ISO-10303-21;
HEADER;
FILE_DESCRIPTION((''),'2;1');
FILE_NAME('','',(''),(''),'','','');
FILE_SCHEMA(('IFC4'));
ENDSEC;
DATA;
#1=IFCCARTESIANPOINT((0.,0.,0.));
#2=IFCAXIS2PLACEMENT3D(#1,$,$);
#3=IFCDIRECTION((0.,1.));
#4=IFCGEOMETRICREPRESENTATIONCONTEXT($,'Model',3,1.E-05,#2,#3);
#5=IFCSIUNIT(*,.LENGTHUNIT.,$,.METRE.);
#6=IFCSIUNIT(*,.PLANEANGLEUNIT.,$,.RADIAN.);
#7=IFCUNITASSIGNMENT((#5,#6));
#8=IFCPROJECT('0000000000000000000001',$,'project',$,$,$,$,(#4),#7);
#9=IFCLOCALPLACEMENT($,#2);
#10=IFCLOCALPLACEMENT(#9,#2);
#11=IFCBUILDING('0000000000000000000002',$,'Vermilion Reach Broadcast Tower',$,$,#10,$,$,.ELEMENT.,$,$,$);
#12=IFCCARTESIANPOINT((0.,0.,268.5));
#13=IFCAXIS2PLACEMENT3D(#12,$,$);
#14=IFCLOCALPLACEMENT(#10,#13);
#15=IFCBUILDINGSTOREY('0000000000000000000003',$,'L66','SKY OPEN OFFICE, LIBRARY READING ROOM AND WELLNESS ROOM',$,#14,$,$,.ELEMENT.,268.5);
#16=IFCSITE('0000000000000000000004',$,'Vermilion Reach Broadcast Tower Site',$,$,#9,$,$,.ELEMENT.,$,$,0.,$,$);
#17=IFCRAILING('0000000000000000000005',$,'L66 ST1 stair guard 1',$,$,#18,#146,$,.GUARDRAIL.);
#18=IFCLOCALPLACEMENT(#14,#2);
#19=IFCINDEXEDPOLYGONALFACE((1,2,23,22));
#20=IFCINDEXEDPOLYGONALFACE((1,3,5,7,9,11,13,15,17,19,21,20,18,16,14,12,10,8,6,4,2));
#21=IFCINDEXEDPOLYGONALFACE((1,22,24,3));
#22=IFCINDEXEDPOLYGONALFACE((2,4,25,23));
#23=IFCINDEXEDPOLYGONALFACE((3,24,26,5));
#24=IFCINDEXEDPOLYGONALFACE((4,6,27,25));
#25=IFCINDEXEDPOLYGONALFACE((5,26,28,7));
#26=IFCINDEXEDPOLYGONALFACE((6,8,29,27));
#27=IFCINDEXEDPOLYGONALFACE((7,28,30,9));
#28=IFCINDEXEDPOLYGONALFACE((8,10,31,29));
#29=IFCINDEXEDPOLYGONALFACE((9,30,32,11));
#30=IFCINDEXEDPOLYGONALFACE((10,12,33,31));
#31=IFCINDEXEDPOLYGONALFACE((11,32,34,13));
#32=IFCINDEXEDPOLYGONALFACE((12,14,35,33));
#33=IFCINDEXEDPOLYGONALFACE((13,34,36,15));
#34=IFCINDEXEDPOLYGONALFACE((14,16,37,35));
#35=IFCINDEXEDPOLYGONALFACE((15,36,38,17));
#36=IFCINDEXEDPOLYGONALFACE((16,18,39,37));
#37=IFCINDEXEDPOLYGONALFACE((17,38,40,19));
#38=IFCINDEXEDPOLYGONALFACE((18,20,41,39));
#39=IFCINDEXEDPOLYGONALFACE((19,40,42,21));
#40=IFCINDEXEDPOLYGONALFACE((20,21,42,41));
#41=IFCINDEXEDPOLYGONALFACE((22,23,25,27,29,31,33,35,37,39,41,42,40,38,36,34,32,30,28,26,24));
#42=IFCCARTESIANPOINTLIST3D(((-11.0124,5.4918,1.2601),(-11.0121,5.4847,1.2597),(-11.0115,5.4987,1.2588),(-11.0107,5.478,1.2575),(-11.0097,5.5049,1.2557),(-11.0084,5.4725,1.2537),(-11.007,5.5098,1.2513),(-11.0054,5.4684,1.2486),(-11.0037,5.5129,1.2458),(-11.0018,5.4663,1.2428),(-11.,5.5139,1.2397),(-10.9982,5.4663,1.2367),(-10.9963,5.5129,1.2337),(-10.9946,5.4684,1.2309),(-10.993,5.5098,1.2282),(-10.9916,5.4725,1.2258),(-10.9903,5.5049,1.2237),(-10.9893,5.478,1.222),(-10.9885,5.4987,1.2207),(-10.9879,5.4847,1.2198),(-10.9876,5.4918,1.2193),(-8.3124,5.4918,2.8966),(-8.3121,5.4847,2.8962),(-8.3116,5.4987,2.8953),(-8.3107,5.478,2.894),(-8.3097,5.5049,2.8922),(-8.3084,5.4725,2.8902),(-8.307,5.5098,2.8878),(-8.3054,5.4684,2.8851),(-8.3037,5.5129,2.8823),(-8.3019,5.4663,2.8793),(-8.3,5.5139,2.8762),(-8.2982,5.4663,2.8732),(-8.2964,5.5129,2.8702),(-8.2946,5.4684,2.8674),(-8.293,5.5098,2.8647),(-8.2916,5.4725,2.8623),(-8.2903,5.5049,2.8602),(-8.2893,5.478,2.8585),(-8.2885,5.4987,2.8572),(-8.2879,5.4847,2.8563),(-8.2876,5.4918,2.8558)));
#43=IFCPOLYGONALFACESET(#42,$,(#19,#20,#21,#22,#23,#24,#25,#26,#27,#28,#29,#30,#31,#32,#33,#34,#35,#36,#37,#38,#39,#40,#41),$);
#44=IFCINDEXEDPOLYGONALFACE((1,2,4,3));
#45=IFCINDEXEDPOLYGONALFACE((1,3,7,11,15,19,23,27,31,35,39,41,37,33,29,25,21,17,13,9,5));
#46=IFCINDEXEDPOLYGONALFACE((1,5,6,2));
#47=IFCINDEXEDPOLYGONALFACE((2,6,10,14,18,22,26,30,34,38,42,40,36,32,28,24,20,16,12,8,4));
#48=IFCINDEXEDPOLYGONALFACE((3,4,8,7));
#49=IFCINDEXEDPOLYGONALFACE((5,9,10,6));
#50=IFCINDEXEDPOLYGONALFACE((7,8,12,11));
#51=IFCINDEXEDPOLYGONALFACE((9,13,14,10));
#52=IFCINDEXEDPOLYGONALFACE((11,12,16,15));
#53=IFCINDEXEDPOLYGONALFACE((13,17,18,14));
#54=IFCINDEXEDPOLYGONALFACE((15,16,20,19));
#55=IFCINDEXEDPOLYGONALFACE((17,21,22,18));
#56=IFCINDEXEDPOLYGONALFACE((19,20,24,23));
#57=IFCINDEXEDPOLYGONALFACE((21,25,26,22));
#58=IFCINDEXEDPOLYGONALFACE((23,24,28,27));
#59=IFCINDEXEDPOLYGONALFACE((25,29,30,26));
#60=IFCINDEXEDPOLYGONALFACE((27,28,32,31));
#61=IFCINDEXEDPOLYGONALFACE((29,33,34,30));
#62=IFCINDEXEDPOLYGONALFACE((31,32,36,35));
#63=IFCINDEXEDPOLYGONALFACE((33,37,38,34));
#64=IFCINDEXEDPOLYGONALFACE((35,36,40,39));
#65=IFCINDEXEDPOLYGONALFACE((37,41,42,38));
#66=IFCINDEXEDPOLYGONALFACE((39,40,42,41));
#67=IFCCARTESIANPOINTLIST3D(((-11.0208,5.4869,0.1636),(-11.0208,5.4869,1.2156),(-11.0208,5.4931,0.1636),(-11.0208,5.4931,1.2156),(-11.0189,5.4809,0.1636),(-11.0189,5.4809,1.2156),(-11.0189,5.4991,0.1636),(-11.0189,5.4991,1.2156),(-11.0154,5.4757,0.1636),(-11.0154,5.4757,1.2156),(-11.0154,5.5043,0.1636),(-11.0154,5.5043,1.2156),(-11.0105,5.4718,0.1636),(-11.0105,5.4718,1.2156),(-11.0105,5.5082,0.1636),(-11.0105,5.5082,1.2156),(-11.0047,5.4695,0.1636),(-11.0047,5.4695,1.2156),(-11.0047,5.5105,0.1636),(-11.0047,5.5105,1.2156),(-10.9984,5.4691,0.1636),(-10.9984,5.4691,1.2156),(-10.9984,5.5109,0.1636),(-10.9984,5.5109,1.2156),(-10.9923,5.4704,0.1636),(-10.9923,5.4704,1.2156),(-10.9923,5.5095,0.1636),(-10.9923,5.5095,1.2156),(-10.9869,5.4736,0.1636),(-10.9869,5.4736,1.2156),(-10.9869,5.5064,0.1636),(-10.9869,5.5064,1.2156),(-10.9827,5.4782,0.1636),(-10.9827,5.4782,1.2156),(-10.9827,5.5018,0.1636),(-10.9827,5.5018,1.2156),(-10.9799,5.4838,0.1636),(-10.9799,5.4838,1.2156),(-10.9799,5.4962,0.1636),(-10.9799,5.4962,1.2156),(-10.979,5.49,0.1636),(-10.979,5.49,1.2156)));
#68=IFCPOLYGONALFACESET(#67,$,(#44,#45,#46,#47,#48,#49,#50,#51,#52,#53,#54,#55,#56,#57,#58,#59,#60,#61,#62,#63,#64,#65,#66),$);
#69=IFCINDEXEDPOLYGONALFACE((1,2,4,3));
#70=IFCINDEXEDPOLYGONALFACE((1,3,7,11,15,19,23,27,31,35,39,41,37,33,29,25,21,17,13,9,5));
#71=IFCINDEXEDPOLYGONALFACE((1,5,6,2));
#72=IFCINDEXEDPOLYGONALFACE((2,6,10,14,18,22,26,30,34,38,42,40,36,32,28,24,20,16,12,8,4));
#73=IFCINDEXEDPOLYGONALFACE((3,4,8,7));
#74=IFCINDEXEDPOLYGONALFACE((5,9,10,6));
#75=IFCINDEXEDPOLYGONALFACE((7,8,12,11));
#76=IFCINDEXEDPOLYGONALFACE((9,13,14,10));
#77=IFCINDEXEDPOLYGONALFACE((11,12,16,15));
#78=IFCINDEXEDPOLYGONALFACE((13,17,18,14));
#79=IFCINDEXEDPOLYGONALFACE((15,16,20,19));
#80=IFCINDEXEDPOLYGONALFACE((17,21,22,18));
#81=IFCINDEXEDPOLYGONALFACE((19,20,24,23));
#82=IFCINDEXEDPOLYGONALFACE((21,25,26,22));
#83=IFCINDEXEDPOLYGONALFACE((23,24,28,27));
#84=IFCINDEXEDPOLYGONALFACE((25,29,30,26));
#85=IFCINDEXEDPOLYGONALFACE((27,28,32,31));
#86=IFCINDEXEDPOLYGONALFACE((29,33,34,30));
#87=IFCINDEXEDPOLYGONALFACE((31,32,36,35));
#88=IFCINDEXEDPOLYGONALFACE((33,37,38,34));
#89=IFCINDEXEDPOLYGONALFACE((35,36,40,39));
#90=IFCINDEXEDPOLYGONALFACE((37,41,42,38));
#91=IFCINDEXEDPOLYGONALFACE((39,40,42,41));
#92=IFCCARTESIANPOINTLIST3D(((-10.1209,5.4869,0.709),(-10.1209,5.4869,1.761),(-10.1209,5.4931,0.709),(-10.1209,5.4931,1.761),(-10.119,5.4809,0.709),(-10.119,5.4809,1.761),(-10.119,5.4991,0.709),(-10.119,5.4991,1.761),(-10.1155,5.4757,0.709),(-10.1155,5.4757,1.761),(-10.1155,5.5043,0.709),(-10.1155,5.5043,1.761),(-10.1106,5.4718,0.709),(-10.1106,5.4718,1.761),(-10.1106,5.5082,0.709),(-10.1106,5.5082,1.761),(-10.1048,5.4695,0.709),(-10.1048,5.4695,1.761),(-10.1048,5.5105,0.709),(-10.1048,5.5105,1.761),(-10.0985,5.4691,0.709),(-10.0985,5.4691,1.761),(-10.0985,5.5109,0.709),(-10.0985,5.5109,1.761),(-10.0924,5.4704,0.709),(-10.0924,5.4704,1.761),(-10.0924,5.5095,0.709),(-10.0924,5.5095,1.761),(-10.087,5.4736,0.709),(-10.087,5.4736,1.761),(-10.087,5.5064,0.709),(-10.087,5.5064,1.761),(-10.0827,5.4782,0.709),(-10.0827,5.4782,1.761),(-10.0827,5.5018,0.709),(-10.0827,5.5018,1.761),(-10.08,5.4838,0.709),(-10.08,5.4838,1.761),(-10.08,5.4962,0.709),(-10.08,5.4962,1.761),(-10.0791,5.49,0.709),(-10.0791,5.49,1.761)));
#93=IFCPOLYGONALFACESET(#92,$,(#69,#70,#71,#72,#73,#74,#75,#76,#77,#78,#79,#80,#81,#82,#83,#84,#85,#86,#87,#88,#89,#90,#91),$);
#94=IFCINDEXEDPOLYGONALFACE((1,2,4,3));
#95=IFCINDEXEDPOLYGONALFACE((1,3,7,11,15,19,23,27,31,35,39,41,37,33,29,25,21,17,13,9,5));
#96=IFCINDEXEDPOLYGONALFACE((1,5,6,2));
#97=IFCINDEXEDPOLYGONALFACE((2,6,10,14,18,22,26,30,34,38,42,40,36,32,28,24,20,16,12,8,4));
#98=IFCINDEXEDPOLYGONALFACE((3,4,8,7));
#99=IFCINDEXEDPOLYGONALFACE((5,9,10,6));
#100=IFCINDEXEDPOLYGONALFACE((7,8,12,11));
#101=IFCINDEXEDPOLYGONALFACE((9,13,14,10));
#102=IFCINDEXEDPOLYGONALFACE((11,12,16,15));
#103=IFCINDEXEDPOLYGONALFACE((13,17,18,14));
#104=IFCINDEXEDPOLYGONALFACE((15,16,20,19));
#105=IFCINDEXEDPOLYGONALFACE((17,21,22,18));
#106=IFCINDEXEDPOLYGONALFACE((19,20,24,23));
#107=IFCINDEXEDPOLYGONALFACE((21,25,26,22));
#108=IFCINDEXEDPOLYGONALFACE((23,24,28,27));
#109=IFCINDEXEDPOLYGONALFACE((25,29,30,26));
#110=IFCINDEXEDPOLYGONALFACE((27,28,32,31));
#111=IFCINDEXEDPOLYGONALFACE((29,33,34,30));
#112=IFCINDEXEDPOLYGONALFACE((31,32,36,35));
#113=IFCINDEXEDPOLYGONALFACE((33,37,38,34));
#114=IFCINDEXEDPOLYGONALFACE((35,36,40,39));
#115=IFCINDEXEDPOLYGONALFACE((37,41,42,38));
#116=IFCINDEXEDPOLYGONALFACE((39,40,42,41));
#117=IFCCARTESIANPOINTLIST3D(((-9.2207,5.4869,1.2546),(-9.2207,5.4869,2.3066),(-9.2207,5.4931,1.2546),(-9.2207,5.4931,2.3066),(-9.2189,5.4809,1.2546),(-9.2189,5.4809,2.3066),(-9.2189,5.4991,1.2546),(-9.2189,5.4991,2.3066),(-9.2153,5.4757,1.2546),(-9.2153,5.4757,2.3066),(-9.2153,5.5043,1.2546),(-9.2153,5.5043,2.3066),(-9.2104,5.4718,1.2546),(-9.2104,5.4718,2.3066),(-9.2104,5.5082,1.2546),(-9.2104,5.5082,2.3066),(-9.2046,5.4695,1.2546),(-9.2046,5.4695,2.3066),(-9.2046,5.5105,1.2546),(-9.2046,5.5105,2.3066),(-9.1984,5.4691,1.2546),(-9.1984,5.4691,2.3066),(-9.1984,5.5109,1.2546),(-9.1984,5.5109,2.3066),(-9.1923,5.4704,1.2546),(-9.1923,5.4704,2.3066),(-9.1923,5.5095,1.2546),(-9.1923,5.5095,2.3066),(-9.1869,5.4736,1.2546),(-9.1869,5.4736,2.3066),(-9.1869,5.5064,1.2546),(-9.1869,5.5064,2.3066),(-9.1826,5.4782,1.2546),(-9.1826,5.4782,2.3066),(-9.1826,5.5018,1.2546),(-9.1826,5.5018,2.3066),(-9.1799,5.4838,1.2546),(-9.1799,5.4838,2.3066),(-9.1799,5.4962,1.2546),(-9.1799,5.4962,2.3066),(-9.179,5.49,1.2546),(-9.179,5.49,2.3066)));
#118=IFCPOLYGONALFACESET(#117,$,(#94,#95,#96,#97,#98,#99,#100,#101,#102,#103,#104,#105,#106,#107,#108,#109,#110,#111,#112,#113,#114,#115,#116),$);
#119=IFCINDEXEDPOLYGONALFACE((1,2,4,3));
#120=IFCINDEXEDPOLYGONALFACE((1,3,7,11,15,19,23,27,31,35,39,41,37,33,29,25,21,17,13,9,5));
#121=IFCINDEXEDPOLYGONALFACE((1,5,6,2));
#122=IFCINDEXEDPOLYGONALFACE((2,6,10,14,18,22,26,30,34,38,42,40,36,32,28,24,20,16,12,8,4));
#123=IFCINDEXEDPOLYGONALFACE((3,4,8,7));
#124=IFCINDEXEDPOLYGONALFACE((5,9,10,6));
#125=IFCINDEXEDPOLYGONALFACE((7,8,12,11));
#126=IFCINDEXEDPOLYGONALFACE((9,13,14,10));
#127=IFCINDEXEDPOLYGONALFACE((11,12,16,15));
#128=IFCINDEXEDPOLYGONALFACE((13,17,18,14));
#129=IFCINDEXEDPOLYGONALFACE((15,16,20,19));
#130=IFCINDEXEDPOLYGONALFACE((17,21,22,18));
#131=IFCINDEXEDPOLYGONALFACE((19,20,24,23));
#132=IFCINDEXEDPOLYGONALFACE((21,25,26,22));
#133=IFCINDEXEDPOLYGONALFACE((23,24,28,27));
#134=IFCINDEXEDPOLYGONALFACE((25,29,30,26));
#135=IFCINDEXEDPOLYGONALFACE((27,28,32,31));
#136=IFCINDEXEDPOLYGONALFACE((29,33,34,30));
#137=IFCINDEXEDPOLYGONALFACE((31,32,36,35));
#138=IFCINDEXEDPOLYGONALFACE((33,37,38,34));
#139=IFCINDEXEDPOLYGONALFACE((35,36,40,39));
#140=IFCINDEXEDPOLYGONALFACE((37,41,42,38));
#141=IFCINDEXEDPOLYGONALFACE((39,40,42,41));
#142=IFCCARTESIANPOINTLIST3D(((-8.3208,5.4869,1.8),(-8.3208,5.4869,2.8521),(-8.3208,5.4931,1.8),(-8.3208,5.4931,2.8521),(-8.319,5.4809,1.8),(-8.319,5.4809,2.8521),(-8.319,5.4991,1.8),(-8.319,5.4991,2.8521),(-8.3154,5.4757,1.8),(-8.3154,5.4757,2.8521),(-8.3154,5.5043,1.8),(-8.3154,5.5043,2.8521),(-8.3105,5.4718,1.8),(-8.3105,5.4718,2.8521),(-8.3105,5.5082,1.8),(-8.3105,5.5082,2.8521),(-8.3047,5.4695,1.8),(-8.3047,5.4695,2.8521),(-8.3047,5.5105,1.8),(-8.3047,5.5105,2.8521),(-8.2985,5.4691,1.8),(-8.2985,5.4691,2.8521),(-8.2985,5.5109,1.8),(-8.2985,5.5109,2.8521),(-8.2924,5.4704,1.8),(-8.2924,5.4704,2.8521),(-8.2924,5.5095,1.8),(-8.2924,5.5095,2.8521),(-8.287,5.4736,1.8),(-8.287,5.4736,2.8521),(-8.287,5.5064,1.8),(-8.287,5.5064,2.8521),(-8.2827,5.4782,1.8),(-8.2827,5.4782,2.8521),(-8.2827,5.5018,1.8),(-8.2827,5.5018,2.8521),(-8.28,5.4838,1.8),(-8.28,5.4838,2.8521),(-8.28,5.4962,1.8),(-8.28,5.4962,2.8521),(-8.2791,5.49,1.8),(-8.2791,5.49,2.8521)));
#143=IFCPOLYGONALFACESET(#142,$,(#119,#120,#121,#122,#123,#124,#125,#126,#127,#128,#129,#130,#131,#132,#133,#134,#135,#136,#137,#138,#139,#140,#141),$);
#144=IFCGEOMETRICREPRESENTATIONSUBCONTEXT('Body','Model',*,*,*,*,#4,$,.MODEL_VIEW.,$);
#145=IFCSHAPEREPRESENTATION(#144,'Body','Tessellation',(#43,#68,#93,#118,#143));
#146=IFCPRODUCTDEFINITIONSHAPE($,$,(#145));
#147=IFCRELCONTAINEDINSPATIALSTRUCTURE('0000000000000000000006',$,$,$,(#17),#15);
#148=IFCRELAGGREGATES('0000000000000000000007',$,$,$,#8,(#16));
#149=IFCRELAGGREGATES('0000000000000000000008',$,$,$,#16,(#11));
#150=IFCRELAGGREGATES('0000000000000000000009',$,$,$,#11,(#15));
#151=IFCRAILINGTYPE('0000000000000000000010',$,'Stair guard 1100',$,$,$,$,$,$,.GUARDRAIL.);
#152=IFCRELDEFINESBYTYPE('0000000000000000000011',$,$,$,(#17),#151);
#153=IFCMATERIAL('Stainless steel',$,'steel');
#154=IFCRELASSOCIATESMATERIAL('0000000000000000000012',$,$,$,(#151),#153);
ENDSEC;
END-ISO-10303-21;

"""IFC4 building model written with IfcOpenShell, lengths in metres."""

from ifc_helpers import new_model, si_unit, direction, frame, origin, origin_2d, place, context, subcontext, project, spatial, circle, extrude, material, type_object, element, save


model = new_model("IFC4")

# Units and contexts
model_context = context("Model", 3, precision=1e-05, world=origin(), true_north=direction((0.0, 1.0)))
body_context = subcontext(model_context, "Body", "Model", "MODEL_VIEW")
ifc_project = project(units=[si_unit("LENGTHUNIT", "METRE"), si_unit("PLANEANGLEUNIT", "RADIAN")], contexts=[model_context])

# Site, building, storey
site_placement = place(None, origin())
site = spatial("IfcSite", under=ifc_project, at=site_placement, Name="Vermilion Reach Broadcast Tower Site", CompositionType="ELEMENT", RefElevation=0.0)
building_placement = place(site_placement, origin())
building = spatial("IfcBuilding", under=site, at=building_placement, Name="Vermilion Reach Broadcast Tower", CompositionType="ELEMENT")
storey_placement = place(building_placement, frame((0.0, 0.0, 268.5)))
storey = spatial("IfcBuildingStorey", under=building, at=storey_placement, Name="L66", Description="SKY OPEN OFFICE, LIBRARY READING ROOM AND WELLNESS ROOM", CompositionType="ELEMENT", Elevation=268.5)

# Railing
ifc_material_1 = material(Name="Stainless steel", Category="steel")
railing_type_1 = type_object("IfcRailingType", Name="Stair guard 1100", PredefinedType="GUARDRAIL", material=ifc_material_1)
railing_1_placement = place(storey_placement, frame((-11.0, 5.49, 0.1636)))
element("IfcRailing", 1, at=railing_1_placement, inside=storey, type_object=railing_type_1, Name="L66 ST1 stair guard 1", PredefinedType="GUARDRAIL", context=body_context, shape_type="SweptSolid", body=[
    extrude(circle(Radius=0.0239, at=origin_2d()), frame((0.0, 0.0, 1.0762), z_axis=(0.855178, 0.0, 0.518334), x_axis=(0.0, 1.0, 0.0)), (0.0, 0.0, 1.0), 3.1572),
    extrude(circle(Radius=0.021, at=origin_2d()), origin(), (0.0, 0.0, 1.0), 1.052),
    extrude(circle(Radius=0.021, at=origin_2d()), frame((0.8999, 0.0, 0.5454)), (0.0, 0.0, 1.0), 1.052),
    extrude(circle(Radius=0.021, at=origin_2d()), frame((1.8, 0.0, 1.0911)), (0.0, 0.0, 1.0), 1.052),
    extrude(circle(Radius=0.021, at=origin_2d()), frame((2.7, 0.0, 1.6365)), (0.0, 0.0, 1.0), 1.052),
])

save(model, "model.ifc")
